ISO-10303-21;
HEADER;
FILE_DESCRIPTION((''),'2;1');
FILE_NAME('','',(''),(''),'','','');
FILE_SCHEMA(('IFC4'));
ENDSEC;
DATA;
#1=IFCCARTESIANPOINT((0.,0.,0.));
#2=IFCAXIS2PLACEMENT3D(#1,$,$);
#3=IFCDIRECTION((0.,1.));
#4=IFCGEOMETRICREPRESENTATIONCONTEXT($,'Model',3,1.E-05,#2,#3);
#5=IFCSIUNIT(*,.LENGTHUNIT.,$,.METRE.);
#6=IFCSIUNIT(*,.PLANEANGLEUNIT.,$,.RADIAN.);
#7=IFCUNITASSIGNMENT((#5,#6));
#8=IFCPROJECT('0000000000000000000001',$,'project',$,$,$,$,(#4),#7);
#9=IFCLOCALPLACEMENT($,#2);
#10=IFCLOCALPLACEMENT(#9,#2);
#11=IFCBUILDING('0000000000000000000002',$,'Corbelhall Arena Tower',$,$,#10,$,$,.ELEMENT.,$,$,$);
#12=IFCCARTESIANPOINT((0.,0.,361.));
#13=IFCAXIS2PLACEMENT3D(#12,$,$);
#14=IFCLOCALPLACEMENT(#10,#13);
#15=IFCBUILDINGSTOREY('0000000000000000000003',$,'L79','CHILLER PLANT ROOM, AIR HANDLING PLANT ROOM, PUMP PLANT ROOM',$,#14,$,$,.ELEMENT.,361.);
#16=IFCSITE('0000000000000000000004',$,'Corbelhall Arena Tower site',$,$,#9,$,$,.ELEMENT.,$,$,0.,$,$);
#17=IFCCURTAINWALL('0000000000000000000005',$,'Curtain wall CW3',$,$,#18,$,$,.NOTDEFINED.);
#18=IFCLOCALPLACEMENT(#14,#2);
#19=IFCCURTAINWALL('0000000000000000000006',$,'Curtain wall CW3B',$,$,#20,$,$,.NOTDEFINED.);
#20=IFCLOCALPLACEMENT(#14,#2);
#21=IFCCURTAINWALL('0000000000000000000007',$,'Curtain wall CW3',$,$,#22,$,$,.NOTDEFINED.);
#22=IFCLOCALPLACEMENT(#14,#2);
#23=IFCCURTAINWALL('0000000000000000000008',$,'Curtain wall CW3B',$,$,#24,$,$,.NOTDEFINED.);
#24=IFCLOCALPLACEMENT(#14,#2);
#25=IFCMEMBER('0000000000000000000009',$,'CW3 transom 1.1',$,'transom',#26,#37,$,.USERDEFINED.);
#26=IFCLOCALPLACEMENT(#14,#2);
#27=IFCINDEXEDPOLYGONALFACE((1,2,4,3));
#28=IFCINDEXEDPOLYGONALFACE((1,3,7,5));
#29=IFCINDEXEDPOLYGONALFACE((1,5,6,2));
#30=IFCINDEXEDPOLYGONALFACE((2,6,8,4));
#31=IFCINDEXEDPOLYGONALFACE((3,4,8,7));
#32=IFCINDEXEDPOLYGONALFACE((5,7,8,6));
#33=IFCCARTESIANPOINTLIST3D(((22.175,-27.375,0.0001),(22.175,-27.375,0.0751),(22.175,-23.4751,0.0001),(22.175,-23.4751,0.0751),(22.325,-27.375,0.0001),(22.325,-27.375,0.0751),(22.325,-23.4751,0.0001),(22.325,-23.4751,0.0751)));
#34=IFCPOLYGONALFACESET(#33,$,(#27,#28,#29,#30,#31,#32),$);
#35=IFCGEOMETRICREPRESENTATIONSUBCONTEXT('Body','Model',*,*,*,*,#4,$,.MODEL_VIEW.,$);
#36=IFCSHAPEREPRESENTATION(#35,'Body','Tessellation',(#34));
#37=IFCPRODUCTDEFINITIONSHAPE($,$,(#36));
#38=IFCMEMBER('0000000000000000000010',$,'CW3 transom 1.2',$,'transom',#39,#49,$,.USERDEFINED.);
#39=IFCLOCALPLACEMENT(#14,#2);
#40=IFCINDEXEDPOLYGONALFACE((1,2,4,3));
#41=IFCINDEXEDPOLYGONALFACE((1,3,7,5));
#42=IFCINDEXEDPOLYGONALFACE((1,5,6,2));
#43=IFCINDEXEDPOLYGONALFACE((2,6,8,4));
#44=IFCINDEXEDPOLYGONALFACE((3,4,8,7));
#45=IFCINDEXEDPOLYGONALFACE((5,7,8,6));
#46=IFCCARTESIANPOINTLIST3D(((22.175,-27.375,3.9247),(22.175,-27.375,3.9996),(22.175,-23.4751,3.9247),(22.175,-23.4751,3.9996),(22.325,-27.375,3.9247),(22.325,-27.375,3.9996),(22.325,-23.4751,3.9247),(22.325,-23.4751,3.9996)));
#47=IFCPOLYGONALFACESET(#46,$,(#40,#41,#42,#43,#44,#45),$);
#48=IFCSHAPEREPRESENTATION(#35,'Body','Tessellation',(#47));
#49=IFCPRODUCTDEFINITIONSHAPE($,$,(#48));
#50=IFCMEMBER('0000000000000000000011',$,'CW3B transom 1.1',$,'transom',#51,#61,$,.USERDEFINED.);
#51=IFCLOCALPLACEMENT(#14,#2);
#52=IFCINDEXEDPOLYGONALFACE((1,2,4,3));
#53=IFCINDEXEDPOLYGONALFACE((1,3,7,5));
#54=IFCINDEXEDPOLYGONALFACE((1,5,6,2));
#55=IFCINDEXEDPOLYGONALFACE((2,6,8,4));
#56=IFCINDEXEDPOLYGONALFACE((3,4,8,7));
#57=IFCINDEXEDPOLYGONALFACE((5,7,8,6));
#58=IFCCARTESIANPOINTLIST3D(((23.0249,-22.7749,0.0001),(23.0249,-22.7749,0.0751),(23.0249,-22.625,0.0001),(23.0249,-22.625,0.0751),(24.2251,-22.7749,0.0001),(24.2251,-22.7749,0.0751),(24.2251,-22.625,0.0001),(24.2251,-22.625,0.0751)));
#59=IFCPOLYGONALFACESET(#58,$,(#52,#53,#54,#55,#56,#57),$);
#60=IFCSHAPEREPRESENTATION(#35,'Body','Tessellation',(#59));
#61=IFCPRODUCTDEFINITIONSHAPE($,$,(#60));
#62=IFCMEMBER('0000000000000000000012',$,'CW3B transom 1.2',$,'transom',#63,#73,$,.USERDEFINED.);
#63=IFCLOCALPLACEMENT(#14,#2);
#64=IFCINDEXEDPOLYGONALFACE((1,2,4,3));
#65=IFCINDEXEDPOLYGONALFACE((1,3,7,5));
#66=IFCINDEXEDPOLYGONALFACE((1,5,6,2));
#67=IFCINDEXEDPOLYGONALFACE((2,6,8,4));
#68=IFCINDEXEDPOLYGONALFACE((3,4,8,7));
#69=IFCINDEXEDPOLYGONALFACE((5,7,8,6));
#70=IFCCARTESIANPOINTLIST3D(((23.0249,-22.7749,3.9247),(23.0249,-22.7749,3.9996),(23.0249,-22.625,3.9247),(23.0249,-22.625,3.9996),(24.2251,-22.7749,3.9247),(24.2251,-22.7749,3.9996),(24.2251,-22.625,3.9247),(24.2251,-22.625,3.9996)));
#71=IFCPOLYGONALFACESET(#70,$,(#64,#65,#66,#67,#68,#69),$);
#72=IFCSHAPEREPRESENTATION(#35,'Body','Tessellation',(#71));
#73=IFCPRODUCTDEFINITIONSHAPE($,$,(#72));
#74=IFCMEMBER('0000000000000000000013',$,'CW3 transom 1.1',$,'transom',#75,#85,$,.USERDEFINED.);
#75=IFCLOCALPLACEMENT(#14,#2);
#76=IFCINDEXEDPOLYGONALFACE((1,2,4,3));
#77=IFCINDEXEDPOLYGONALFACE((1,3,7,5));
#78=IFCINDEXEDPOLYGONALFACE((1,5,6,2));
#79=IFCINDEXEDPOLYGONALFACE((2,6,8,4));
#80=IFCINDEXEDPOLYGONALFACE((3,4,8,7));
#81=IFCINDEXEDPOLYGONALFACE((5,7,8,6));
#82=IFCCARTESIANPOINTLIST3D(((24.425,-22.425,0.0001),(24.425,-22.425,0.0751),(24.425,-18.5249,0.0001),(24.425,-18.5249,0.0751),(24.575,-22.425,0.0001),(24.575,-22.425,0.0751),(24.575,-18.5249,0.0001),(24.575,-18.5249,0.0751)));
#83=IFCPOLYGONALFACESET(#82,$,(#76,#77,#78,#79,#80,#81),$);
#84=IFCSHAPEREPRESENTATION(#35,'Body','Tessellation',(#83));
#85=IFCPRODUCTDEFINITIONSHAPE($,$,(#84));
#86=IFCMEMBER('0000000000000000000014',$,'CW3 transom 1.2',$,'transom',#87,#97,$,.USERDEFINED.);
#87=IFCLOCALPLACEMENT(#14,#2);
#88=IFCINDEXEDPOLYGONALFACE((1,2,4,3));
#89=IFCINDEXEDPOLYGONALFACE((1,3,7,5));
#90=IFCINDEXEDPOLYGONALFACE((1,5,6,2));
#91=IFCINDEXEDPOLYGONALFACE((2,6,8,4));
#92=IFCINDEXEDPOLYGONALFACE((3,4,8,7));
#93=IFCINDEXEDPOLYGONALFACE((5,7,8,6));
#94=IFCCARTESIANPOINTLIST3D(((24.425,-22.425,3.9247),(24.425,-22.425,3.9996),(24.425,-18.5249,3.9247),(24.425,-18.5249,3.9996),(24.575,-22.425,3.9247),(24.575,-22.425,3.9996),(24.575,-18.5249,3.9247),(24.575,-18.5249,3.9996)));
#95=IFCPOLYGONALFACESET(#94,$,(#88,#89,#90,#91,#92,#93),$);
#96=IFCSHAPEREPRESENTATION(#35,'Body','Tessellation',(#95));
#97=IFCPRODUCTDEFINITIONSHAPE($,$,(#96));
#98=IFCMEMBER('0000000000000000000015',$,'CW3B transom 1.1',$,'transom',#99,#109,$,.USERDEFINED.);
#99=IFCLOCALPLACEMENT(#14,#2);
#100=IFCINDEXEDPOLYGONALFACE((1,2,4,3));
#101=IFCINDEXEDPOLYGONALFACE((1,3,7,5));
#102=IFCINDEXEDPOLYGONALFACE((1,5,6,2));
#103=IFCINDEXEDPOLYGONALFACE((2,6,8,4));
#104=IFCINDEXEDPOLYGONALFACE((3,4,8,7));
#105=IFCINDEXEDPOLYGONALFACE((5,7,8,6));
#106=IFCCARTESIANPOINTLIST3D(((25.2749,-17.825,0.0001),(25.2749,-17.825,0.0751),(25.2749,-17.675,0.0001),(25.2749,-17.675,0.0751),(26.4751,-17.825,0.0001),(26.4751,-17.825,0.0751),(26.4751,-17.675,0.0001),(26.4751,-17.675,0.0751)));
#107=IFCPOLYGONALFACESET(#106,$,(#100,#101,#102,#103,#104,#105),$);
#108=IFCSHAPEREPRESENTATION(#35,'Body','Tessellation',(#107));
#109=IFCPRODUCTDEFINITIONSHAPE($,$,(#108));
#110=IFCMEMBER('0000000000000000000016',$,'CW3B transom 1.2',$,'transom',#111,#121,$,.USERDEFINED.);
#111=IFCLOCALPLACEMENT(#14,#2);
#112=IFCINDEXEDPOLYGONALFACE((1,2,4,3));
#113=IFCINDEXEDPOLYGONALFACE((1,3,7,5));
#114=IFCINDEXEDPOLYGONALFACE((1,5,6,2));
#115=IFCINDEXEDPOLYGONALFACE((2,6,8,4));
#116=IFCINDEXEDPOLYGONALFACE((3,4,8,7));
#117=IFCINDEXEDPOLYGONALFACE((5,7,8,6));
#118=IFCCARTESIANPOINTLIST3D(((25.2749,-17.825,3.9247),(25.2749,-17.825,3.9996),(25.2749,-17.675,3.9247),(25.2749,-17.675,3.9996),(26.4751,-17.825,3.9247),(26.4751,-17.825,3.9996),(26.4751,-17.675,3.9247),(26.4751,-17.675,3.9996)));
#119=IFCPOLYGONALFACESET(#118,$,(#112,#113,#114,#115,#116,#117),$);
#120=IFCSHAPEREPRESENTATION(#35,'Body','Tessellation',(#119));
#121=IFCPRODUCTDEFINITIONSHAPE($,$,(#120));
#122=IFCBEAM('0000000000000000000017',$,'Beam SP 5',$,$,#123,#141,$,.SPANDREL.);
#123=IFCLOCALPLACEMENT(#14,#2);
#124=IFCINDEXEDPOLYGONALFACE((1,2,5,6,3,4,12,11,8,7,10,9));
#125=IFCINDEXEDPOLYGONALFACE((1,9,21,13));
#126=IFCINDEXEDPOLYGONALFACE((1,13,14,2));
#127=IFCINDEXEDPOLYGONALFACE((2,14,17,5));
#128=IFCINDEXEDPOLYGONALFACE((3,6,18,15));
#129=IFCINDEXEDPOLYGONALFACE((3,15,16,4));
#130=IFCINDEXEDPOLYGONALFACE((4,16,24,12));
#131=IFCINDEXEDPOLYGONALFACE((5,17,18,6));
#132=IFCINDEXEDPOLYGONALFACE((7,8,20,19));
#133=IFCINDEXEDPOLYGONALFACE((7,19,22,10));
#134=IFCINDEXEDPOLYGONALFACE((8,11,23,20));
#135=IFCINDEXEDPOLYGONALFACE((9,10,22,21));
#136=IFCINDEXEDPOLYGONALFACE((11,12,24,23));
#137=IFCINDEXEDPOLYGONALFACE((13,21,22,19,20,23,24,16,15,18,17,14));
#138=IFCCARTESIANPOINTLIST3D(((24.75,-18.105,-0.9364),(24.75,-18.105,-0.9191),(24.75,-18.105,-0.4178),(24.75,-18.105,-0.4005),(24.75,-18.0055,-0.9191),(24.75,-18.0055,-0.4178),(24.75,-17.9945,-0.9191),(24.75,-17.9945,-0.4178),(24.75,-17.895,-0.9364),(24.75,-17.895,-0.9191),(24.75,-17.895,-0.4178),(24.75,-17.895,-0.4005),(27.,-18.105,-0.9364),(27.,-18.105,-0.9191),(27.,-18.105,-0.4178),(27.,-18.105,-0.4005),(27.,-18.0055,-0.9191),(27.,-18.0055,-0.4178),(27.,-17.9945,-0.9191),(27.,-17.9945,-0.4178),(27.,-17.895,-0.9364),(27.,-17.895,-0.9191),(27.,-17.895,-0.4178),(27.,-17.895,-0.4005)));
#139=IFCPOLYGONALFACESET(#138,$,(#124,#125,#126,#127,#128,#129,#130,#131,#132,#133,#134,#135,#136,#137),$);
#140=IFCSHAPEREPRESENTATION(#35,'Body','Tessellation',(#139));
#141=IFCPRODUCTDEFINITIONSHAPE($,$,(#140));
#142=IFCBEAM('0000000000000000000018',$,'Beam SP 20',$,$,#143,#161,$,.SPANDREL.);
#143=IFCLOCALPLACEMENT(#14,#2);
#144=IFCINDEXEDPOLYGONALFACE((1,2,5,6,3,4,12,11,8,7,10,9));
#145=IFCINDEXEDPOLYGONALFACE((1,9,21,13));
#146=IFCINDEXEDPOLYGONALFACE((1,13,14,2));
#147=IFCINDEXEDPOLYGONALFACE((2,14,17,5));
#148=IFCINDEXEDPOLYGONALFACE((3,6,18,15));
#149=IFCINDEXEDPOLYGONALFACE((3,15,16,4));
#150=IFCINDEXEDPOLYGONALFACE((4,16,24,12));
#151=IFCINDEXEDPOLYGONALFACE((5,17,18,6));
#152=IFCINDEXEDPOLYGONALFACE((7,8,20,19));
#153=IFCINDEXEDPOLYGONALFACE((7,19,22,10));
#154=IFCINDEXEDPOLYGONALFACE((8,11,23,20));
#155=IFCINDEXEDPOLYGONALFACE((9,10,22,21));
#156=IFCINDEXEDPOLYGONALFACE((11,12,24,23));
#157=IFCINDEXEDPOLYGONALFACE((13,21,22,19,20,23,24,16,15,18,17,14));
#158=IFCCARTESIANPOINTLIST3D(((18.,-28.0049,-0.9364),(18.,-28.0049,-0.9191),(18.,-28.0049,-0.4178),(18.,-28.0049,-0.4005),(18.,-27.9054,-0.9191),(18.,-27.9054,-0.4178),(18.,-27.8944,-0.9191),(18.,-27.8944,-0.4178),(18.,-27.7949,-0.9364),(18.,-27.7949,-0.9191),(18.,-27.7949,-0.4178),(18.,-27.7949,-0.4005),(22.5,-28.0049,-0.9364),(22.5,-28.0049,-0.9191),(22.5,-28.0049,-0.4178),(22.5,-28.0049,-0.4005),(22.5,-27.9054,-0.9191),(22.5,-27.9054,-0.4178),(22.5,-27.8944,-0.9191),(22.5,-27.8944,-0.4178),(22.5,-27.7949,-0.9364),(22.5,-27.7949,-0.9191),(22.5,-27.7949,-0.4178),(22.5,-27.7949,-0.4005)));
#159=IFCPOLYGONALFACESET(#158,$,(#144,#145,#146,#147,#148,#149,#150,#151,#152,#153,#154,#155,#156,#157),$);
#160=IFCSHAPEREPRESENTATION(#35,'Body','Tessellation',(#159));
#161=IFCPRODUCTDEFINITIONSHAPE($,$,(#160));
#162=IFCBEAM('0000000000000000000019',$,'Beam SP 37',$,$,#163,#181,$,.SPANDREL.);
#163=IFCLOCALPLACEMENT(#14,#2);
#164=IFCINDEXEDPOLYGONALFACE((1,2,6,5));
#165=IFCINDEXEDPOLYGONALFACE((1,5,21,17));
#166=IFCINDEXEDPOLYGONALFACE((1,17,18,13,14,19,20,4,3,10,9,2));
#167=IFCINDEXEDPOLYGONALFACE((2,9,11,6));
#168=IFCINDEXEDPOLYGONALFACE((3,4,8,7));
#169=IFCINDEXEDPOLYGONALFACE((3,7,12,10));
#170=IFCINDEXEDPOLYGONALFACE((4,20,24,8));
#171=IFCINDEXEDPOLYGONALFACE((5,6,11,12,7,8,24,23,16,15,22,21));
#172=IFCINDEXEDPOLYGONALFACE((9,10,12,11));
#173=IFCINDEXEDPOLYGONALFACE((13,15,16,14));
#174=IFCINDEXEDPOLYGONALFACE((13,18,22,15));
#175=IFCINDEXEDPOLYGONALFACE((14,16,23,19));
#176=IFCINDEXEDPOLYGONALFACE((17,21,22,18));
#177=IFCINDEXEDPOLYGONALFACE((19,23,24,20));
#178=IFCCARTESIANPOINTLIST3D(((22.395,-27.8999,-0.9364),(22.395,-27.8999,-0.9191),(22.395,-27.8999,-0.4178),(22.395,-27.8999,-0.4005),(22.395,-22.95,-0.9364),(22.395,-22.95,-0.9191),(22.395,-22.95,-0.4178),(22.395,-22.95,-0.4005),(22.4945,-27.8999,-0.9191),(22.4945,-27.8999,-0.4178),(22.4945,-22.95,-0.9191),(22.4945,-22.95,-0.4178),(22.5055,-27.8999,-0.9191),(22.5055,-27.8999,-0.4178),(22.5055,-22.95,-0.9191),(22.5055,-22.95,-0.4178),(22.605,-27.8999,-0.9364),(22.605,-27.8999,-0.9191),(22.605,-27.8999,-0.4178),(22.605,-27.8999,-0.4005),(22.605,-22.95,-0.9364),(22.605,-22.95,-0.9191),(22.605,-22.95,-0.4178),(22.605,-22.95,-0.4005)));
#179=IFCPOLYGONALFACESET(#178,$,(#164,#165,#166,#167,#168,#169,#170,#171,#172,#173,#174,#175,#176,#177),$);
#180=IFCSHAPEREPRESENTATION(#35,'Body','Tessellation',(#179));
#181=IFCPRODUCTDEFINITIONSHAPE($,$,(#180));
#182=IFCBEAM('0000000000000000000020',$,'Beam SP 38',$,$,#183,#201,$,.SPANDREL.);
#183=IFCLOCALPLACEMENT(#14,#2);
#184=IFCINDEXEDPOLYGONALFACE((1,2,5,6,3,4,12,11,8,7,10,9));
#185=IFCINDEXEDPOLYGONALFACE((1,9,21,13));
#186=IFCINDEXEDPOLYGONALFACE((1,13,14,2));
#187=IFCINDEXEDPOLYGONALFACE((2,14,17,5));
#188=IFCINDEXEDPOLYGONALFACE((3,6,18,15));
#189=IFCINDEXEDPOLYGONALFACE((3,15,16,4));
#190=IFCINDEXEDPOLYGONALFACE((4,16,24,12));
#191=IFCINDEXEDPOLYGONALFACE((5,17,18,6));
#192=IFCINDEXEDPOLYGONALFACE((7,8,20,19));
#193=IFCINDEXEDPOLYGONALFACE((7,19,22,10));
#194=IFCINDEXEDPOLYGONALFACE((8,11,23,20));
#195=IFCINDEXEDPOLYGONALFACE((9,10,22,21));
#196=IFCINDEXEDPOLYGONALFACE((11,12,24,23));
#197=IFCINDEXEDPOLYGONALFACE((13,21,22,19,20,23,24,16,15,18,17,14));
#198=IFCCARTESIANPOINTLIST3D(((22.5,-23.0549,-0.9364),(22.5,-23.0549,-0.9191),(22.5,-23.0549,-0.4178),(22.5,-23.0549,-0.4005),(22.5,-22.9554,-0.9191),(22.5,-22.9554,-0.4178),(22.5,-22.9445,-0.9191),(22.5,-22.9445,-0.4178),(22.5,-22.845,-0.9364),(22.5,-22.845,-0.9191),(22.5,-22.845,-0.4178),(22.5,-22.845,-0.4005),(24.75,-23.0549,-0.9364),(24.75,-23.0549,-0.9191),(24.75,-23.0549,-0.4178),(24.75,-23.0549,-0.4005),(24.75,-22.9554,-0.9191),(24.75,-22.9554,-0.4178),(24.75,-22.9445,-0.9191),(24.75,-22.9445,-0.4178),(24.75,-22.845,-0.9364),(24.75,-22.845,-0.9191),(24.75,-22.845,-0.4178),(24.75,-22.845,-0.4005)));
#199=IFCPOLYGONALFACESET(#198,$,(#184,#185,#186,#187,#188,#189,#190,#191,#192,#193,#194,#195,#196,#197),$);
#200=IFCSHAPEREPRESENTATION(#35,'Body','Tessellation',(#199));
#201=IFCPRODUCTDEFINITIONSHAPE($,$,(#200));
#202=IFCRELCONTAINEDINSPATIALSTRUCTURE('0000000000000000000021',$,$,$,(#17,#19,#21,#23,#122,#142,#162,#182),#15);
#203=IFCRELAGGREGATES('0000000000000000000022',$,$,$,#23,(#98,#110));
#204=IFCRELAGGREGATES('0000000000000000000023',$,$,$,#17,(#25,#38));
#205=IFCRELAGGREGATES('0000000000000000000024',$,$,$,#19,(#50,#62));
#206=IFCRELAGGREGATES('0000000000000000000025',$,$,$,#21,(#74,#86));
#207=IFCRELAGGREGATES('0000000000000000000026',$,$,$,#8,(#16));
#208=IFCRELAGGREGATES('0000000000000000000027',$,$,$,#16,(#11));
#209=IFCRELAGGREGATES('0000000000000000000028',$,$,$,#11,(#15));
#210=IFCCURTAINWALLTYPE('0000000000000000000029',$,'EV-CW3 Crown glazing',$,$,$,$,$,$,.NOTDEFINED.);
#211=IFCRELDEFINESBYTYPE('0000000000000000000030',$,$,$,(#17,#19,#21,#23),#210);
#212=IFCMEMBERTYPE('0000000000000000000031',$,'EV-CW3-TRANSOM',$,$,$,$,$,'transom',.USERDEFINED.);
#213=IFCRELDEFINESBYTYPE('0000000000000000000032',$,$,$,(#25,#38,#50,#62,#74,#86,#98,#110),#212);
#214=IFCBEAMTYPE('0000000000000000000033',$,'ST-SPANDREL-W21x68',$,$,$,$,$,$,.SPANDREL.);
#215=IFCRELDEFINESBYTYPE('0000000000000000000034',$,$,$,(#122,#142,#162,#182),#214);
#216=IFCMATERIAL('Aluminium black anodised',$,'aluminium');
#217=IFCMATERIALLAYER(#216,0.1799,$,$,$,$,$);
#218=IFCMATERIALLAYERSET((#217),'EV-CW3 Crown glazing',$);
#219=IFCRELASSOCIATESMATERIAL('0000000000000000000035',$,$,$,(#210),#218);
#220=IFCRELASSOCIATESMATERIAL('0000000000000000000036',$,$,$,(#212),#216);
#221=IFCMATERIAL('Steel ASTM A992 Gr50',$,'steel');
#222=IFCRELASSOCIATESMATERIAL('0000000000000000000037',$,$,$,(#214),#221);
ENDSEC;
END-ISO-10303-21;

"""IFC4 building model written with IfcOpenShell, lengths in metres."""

from ifc_helpers import new_model, si_unit, direction, frame, origin, origin_2d, place, context, subcontext, project, spatial, rectangle, i_section, extrude, material, layer, layer_set, material_profile, profile_set, type_object, element, aggregate, save


model = new_model("IFC4")

# Units and contexts
model_context = context("Model", 3, precision=1e-05, world=origin(), true_north=direction((0.0, 1.0)))
body_context = subcontext(model_context, "Body", "Model", "MODEL_VIEW")
ifc_project = project(units=[si_unit("LENGTHUNIT", "METRE"), si_unit("PLANEANGLEUNIT", "RADIAN")], contexts=[model_context])

# Site, building, storey
site_placement = place(None, origin())
site = spatial("IfcSite", under=ifc_project, at=site_placement, Name="Corbelhall Arena Tower site", CompositionType="ELEMENT", RefElevation=0.0)
building_placement = place(site_placement, origin())
building = spatial("IfcBuilding", under=site, at=building_placement, Name="Corbelhall Arena Tower", CompositionType="ELEMENT")
storey_placement = place(building_placement, frame((0.0, 0.0, 361.0)))
storey = spatial("IfcBuildingStorey", under=building, at=storey_placement, Name="L79", Description="CHILLER PLANT ROOM, AIR HANDLING PLANT ROOM, PUMP PLANT ROOM", CompositionType="ELEMENT", Elevation=361.0)

# Shared definitions
ifc_material_1 = material(Name="Aluminium black anodised", Category="aluminium")
ifc_layer_1 = layer(ifc_material_1, 0.1799)
ifc_layer_set_1 = layer_set([ifc_layer_1], Name="EV-CW3 Crown glazing")
curtain_wall_type = type_object("IfcCurtainWallType", Name="EV-CW3 Crown glazing", PredefinedType="NOTDEFINED", material=ifc_layer_set_1)

# Curtain walls
curtain_wall_1_placement = place(storey_placement, origin())
curtain_wall_1 = element("IfcCurtainWall", 1, at=curtain_wall_1_placement, inside=storey, type_object=curtain_wall_type, Name="Curtain wall CW3", PredefinedType="NOTDEFINED")
curtain_wall_2_placement = place(storey_placement, origin())
curtain_wall_2 = element("IfcCurtainWall", 2, at=curtain_wall_2_placement, inside=storey, type_object=curtain_wall_type, Name="Curtain wall CW3B", PredefinedType="NOTDEFINED")
curtain_wall_3_placement = place(storey_placement, origin())
curtain_wall_3 = element("IfcCurtainWall", 3, at=curtain_wall_3_placement, inside=storey, type_object=curtain_wall_type, Name="Curtain wall CW3", PredefinedType="NOTDEFINED")

# Curtain wall
curtain_wall_4_placement = place(storey_placement, origin())
curtain_wall_4 = element("IfcCurtainWall", 4, at=curtain_wall_4_placement, inside=storey, type_object=curtain_wall_type, Name="Curtain wall CW3B", PredefinedType="NOTDEFINED")

# Members
ifc_material_profile_1 = material_profile(ifc_material_1, rectangle(XDim=0.1499, YDim=0.075, at=origin_2d()))
ifc_profile_set_1 = profile_set([ifc_material_profile_1], Name="Aluminium black anodised")
member_type_1 = type_object("IfcMemberType", Name="EV-CW3-TRANSOM", ElementType="transom", PredefinedType="USERDEFINED", material=ifc_profile_set_1)
member_1_placement = place(storey_placement, frame((22.25, -27.375, 0.0376), z_axis=(0.0, 1.0, 0.0), x_axis=(-1.0, 0.0, 0.0)))
member_1 = element("IfcMember", 5, at=member_1_placement, type_object=member_type_1, Name="CW3 transom 1.1", ObjectType="transom", PredefinedType="USERDEFINED", context=body_context, shape_type="SweptSolid", body=[
    extrude(rectangle(XDim=0.1499, YDim=0.075, at=origin_2d()), origin(), (0.0, 0.0, 1.0), 3.8999),
])
member_2_placement = place(storey_placement, frame((22.25, -27.375, 3.9622), z_axis=(0.0, 1.0, 0.0), x_axis=(-1.0, 0.0, 0.0)))
member_2 = element("IfcMember", 6, at=member_2_placement, type_object=member_type_1, Name="CW3 transom 1.2", ObjectType="transom", PredefinedType="USERDEFINED", context=body_context, shape_type="SweptSolid", body=[
    extrude(rectangle(XDim=0.1499, YDim=0.075, at=origin_2d()), origin(), (0.0, 0.0, 1.0), 3.8999),
])
member_3_placement = place(storey_placement, frame((23.0249, -22.7, 0.0376), z_axis=(1.0, 0.0, 0.0), x_axis=(0.0, 1.0, 0.0)))
member_3 = element("IfcMember", 7, at=member_3_placement, type_object=member_type_1, Name="CW3B transom 1.1", ObjectType="transom", PredefinedType="USERDEFINED", context=body_context, shape_type="SweptSolid", body=[
    extrude(rectangle(XDim=0.1499, YDim=0.075, at=origin_2d()), origin(), (0.0, 0.0, 1.0), 1.2002),
])
member_4_placement = place(storey_placement, frame((23.0249, -22.7, 3.9622), z_axis=(1.0, 0.0, 0.0), x_axis=(0.0, 1.0, 0.0)))
member_4 = element("IfcMember", 8, at=member_4_placement, type_object=member_type_1, Name="CW3B transom 1.2", ObjectType="transom", PredefinedType="USERDEFINED", context=body_context, shape_type="SweptSolid", body=[
    extrude(rectangle(XDim=0.1499, YDim=0.075, at=origin_2d()), origin(), (0.0, 0.0, 1.0), 1.2002),
])
member_5_placement = place(storey_placement, frame((24.5, -22.425, 0.0376), z_axis=(0.0, 1.0, 0.0), x_axis=(-1.0, 0.0, 0.0)))
member_5 = element("IfcMember", 9, at=member_5_placement, type_object=member_type_1, Name="CW3 transom 1.1", ObjectType="transom", PredefinedType="USERDEFINED", context=body_context, shape_type="SweptSolid", body=[
    extrude(rectangle(XDim=0.1499, YDim=0.075, at=origin_2d()), origin(), (0.0, 0.0, 1.0), 3.9001),
])
member_6_placement = place(storey_placement, frame((24.5, -22.425, 3.9622), z_axis=(0.0, 1.0, 0.0), x_axis=(-1.0, 0.0, 0.0)))
member_6 = element("IfcMember", 10, at=member_6_placement, type_object=member_type_1, Name="CW3 transom 1.2", ObjectType="transom", PredefinedType="USERDEFINED", context=body_context, shape_type="SweptSolid", body=[
    extrude(rectangle(XDim=0.1499, YDim=0.075, at=origin_2d()), origin(), (0.0, 0.0, 1.0), 3.9001),
])
member_7_placement = place(storey_placement, frame((25.2749, -17.75, 0.0376), z_axis=(1.0, 0.0, 0.0), x_axis=(0.0, 1.0, 0.0)))
member_7 = element("IfcMember", 11, at=member_7_placement, type_object=member_type_1, Name="CW3B transom 1.1", ObjectType="transom", PredefinedType="USERDEFINED", context=body_context, shape_type="SweptSolid", body=[
    extrude(rectangle(XDim=0.1499, YDim=0.075, at=origin_2d()), origin(), (0.0, 0.0, 1.0), 1.2002),
])
member_8_placement = place(storey_placement, frame((25.2749, -17.75, 3.9622), z_axis=(1.0, 0.0, 0.0), x_axis=(0.0, 1.0, 0.0)))
member_8 = element("IfcMember", 12, at=member_8_placement, type_object=member_type_1, Name="CW3B transom 1.2", ObjectType="transom", PredefinedType="USERDEFINED", context=body_context, shape_type="SweptSolid", body=[
    extrude(rectangle(XDim=0.1499, YDim=0.075, at=origin_2d()), origin(), (0.0, 0.0, 1.0), 1.2002),
])
aggregate(curtain_wall_4, [member_7, member_8])

# Beams
ifc_material_2 = material(Name="Steel ASTM A992 Gr50", Category="steel")
ifc_material_profile_2 = material_profile(ifc_material_2, i_section(OverallWidth=0.21, OverallDepth=0.5359, WebThickness=0.011, FlangeThickness=0.0173, at=origin_2d()))
ifc_profile_set_2 = profile_set([ifc_material_profile_2], Name="Steel ASTM A992 Gr50")
beam_type = type_object("IfcBeamType", Name="ST-SPANDREL-W21x68", PredefinedType="SPANDREL", material=ifc_profile_set_2)
beam_1_placement = place(storey_placement, frame((27.0, -18.0, -0.6685), z_axis=(-1.0, 0.0, 0.0), x_axis=(0.0, -1.0, 0.0)))
element("IfcBeam", 13, at=beam_1_placement, inside=storey, type_object=beam_type, Name="Beam SP 5", PredefinedType="SPANDREL", context=body_context, shape_type="SweptSolid", body=[
    extrude(i_section(OverallWidth=0.21, OverallDepth=0.5359, WebThickness=0.011, FlangeThickness=0.0173, at=origin_2d()), origin(), (0.0, 0.0, 1.0), 2.25),
])
beam_2_placement = place(storey_placement, frame((22.5, -27.8999, -0.6685), z_axis=(-1.0, 0.0, 0.0), x_axis=(0.0, -1.0, 0.0)))
element("IfcBeam", 14, at=beam_2_placement, inside=storey, type_object=beam_type, Name="Beam SP 20", PredefinedType="SPANDREL", context=body_context, shape_type="SweptSolid", body=[
    extrude(i_section(OverallWidth=0.21, OverallDepth=0.5359, WebThickness=0.011, FlangeThickness=0.0173, at=origin_2d()), origin(), (0.0, 0.0, 1.0), 4.5),
])
beam_3_placement = place(storey_placement, frame((22.5, -22.95, -0.6685), z_axis=(0.0, -1.0, 0.0), x_axis=(1.0, 0.0, 0.0)))
element("IfcBeam", 15, at=beam_3_placement, inside=storey, type_object=beam_type, Name="Beam SP 37", PredefinedType="SPANDREL", context=body_context, shape_type="SweptSolid", body=[
    extrude(i_section(OverallWidth=0.21, OverallDepth=0.5359, WebThickness=0.011, FlangeThickness=0.0173, at=origin_2d()), origin(), (0.0, 0.0, 1.0), 4.95),
])
beam_4_placement = place(storey_placement, frame((24.75, -22.95, -0.6685), z_axis=(-1.0, 0.0, 0.0), x_axis=(0.0, -1.0, 0.0)))
element("IfcBeam", 16, at=beam_4_placement, inside=storey, type_object=beam_type, Name="Beam SP 38", PredefinedType="SPANDREL", context=body_context, shape_type="SweptSolid", body=[
    extrude(i_section(OverallWidth=0.21, OverallDepth=0.5359, WebThickness=0.011, FlangeThickness=0.0173, at=origin_2d()), origin(), (0.0, 0.0, 1.0), 2.25),
])

aggregate(curtain_wall_1, [member_1, member_2])
aggregate(curtain_wall_2, [member_3, member_4])
aggregate(curtain_wall_3, [member_5, member_6])

save(model, "model.ifc")
